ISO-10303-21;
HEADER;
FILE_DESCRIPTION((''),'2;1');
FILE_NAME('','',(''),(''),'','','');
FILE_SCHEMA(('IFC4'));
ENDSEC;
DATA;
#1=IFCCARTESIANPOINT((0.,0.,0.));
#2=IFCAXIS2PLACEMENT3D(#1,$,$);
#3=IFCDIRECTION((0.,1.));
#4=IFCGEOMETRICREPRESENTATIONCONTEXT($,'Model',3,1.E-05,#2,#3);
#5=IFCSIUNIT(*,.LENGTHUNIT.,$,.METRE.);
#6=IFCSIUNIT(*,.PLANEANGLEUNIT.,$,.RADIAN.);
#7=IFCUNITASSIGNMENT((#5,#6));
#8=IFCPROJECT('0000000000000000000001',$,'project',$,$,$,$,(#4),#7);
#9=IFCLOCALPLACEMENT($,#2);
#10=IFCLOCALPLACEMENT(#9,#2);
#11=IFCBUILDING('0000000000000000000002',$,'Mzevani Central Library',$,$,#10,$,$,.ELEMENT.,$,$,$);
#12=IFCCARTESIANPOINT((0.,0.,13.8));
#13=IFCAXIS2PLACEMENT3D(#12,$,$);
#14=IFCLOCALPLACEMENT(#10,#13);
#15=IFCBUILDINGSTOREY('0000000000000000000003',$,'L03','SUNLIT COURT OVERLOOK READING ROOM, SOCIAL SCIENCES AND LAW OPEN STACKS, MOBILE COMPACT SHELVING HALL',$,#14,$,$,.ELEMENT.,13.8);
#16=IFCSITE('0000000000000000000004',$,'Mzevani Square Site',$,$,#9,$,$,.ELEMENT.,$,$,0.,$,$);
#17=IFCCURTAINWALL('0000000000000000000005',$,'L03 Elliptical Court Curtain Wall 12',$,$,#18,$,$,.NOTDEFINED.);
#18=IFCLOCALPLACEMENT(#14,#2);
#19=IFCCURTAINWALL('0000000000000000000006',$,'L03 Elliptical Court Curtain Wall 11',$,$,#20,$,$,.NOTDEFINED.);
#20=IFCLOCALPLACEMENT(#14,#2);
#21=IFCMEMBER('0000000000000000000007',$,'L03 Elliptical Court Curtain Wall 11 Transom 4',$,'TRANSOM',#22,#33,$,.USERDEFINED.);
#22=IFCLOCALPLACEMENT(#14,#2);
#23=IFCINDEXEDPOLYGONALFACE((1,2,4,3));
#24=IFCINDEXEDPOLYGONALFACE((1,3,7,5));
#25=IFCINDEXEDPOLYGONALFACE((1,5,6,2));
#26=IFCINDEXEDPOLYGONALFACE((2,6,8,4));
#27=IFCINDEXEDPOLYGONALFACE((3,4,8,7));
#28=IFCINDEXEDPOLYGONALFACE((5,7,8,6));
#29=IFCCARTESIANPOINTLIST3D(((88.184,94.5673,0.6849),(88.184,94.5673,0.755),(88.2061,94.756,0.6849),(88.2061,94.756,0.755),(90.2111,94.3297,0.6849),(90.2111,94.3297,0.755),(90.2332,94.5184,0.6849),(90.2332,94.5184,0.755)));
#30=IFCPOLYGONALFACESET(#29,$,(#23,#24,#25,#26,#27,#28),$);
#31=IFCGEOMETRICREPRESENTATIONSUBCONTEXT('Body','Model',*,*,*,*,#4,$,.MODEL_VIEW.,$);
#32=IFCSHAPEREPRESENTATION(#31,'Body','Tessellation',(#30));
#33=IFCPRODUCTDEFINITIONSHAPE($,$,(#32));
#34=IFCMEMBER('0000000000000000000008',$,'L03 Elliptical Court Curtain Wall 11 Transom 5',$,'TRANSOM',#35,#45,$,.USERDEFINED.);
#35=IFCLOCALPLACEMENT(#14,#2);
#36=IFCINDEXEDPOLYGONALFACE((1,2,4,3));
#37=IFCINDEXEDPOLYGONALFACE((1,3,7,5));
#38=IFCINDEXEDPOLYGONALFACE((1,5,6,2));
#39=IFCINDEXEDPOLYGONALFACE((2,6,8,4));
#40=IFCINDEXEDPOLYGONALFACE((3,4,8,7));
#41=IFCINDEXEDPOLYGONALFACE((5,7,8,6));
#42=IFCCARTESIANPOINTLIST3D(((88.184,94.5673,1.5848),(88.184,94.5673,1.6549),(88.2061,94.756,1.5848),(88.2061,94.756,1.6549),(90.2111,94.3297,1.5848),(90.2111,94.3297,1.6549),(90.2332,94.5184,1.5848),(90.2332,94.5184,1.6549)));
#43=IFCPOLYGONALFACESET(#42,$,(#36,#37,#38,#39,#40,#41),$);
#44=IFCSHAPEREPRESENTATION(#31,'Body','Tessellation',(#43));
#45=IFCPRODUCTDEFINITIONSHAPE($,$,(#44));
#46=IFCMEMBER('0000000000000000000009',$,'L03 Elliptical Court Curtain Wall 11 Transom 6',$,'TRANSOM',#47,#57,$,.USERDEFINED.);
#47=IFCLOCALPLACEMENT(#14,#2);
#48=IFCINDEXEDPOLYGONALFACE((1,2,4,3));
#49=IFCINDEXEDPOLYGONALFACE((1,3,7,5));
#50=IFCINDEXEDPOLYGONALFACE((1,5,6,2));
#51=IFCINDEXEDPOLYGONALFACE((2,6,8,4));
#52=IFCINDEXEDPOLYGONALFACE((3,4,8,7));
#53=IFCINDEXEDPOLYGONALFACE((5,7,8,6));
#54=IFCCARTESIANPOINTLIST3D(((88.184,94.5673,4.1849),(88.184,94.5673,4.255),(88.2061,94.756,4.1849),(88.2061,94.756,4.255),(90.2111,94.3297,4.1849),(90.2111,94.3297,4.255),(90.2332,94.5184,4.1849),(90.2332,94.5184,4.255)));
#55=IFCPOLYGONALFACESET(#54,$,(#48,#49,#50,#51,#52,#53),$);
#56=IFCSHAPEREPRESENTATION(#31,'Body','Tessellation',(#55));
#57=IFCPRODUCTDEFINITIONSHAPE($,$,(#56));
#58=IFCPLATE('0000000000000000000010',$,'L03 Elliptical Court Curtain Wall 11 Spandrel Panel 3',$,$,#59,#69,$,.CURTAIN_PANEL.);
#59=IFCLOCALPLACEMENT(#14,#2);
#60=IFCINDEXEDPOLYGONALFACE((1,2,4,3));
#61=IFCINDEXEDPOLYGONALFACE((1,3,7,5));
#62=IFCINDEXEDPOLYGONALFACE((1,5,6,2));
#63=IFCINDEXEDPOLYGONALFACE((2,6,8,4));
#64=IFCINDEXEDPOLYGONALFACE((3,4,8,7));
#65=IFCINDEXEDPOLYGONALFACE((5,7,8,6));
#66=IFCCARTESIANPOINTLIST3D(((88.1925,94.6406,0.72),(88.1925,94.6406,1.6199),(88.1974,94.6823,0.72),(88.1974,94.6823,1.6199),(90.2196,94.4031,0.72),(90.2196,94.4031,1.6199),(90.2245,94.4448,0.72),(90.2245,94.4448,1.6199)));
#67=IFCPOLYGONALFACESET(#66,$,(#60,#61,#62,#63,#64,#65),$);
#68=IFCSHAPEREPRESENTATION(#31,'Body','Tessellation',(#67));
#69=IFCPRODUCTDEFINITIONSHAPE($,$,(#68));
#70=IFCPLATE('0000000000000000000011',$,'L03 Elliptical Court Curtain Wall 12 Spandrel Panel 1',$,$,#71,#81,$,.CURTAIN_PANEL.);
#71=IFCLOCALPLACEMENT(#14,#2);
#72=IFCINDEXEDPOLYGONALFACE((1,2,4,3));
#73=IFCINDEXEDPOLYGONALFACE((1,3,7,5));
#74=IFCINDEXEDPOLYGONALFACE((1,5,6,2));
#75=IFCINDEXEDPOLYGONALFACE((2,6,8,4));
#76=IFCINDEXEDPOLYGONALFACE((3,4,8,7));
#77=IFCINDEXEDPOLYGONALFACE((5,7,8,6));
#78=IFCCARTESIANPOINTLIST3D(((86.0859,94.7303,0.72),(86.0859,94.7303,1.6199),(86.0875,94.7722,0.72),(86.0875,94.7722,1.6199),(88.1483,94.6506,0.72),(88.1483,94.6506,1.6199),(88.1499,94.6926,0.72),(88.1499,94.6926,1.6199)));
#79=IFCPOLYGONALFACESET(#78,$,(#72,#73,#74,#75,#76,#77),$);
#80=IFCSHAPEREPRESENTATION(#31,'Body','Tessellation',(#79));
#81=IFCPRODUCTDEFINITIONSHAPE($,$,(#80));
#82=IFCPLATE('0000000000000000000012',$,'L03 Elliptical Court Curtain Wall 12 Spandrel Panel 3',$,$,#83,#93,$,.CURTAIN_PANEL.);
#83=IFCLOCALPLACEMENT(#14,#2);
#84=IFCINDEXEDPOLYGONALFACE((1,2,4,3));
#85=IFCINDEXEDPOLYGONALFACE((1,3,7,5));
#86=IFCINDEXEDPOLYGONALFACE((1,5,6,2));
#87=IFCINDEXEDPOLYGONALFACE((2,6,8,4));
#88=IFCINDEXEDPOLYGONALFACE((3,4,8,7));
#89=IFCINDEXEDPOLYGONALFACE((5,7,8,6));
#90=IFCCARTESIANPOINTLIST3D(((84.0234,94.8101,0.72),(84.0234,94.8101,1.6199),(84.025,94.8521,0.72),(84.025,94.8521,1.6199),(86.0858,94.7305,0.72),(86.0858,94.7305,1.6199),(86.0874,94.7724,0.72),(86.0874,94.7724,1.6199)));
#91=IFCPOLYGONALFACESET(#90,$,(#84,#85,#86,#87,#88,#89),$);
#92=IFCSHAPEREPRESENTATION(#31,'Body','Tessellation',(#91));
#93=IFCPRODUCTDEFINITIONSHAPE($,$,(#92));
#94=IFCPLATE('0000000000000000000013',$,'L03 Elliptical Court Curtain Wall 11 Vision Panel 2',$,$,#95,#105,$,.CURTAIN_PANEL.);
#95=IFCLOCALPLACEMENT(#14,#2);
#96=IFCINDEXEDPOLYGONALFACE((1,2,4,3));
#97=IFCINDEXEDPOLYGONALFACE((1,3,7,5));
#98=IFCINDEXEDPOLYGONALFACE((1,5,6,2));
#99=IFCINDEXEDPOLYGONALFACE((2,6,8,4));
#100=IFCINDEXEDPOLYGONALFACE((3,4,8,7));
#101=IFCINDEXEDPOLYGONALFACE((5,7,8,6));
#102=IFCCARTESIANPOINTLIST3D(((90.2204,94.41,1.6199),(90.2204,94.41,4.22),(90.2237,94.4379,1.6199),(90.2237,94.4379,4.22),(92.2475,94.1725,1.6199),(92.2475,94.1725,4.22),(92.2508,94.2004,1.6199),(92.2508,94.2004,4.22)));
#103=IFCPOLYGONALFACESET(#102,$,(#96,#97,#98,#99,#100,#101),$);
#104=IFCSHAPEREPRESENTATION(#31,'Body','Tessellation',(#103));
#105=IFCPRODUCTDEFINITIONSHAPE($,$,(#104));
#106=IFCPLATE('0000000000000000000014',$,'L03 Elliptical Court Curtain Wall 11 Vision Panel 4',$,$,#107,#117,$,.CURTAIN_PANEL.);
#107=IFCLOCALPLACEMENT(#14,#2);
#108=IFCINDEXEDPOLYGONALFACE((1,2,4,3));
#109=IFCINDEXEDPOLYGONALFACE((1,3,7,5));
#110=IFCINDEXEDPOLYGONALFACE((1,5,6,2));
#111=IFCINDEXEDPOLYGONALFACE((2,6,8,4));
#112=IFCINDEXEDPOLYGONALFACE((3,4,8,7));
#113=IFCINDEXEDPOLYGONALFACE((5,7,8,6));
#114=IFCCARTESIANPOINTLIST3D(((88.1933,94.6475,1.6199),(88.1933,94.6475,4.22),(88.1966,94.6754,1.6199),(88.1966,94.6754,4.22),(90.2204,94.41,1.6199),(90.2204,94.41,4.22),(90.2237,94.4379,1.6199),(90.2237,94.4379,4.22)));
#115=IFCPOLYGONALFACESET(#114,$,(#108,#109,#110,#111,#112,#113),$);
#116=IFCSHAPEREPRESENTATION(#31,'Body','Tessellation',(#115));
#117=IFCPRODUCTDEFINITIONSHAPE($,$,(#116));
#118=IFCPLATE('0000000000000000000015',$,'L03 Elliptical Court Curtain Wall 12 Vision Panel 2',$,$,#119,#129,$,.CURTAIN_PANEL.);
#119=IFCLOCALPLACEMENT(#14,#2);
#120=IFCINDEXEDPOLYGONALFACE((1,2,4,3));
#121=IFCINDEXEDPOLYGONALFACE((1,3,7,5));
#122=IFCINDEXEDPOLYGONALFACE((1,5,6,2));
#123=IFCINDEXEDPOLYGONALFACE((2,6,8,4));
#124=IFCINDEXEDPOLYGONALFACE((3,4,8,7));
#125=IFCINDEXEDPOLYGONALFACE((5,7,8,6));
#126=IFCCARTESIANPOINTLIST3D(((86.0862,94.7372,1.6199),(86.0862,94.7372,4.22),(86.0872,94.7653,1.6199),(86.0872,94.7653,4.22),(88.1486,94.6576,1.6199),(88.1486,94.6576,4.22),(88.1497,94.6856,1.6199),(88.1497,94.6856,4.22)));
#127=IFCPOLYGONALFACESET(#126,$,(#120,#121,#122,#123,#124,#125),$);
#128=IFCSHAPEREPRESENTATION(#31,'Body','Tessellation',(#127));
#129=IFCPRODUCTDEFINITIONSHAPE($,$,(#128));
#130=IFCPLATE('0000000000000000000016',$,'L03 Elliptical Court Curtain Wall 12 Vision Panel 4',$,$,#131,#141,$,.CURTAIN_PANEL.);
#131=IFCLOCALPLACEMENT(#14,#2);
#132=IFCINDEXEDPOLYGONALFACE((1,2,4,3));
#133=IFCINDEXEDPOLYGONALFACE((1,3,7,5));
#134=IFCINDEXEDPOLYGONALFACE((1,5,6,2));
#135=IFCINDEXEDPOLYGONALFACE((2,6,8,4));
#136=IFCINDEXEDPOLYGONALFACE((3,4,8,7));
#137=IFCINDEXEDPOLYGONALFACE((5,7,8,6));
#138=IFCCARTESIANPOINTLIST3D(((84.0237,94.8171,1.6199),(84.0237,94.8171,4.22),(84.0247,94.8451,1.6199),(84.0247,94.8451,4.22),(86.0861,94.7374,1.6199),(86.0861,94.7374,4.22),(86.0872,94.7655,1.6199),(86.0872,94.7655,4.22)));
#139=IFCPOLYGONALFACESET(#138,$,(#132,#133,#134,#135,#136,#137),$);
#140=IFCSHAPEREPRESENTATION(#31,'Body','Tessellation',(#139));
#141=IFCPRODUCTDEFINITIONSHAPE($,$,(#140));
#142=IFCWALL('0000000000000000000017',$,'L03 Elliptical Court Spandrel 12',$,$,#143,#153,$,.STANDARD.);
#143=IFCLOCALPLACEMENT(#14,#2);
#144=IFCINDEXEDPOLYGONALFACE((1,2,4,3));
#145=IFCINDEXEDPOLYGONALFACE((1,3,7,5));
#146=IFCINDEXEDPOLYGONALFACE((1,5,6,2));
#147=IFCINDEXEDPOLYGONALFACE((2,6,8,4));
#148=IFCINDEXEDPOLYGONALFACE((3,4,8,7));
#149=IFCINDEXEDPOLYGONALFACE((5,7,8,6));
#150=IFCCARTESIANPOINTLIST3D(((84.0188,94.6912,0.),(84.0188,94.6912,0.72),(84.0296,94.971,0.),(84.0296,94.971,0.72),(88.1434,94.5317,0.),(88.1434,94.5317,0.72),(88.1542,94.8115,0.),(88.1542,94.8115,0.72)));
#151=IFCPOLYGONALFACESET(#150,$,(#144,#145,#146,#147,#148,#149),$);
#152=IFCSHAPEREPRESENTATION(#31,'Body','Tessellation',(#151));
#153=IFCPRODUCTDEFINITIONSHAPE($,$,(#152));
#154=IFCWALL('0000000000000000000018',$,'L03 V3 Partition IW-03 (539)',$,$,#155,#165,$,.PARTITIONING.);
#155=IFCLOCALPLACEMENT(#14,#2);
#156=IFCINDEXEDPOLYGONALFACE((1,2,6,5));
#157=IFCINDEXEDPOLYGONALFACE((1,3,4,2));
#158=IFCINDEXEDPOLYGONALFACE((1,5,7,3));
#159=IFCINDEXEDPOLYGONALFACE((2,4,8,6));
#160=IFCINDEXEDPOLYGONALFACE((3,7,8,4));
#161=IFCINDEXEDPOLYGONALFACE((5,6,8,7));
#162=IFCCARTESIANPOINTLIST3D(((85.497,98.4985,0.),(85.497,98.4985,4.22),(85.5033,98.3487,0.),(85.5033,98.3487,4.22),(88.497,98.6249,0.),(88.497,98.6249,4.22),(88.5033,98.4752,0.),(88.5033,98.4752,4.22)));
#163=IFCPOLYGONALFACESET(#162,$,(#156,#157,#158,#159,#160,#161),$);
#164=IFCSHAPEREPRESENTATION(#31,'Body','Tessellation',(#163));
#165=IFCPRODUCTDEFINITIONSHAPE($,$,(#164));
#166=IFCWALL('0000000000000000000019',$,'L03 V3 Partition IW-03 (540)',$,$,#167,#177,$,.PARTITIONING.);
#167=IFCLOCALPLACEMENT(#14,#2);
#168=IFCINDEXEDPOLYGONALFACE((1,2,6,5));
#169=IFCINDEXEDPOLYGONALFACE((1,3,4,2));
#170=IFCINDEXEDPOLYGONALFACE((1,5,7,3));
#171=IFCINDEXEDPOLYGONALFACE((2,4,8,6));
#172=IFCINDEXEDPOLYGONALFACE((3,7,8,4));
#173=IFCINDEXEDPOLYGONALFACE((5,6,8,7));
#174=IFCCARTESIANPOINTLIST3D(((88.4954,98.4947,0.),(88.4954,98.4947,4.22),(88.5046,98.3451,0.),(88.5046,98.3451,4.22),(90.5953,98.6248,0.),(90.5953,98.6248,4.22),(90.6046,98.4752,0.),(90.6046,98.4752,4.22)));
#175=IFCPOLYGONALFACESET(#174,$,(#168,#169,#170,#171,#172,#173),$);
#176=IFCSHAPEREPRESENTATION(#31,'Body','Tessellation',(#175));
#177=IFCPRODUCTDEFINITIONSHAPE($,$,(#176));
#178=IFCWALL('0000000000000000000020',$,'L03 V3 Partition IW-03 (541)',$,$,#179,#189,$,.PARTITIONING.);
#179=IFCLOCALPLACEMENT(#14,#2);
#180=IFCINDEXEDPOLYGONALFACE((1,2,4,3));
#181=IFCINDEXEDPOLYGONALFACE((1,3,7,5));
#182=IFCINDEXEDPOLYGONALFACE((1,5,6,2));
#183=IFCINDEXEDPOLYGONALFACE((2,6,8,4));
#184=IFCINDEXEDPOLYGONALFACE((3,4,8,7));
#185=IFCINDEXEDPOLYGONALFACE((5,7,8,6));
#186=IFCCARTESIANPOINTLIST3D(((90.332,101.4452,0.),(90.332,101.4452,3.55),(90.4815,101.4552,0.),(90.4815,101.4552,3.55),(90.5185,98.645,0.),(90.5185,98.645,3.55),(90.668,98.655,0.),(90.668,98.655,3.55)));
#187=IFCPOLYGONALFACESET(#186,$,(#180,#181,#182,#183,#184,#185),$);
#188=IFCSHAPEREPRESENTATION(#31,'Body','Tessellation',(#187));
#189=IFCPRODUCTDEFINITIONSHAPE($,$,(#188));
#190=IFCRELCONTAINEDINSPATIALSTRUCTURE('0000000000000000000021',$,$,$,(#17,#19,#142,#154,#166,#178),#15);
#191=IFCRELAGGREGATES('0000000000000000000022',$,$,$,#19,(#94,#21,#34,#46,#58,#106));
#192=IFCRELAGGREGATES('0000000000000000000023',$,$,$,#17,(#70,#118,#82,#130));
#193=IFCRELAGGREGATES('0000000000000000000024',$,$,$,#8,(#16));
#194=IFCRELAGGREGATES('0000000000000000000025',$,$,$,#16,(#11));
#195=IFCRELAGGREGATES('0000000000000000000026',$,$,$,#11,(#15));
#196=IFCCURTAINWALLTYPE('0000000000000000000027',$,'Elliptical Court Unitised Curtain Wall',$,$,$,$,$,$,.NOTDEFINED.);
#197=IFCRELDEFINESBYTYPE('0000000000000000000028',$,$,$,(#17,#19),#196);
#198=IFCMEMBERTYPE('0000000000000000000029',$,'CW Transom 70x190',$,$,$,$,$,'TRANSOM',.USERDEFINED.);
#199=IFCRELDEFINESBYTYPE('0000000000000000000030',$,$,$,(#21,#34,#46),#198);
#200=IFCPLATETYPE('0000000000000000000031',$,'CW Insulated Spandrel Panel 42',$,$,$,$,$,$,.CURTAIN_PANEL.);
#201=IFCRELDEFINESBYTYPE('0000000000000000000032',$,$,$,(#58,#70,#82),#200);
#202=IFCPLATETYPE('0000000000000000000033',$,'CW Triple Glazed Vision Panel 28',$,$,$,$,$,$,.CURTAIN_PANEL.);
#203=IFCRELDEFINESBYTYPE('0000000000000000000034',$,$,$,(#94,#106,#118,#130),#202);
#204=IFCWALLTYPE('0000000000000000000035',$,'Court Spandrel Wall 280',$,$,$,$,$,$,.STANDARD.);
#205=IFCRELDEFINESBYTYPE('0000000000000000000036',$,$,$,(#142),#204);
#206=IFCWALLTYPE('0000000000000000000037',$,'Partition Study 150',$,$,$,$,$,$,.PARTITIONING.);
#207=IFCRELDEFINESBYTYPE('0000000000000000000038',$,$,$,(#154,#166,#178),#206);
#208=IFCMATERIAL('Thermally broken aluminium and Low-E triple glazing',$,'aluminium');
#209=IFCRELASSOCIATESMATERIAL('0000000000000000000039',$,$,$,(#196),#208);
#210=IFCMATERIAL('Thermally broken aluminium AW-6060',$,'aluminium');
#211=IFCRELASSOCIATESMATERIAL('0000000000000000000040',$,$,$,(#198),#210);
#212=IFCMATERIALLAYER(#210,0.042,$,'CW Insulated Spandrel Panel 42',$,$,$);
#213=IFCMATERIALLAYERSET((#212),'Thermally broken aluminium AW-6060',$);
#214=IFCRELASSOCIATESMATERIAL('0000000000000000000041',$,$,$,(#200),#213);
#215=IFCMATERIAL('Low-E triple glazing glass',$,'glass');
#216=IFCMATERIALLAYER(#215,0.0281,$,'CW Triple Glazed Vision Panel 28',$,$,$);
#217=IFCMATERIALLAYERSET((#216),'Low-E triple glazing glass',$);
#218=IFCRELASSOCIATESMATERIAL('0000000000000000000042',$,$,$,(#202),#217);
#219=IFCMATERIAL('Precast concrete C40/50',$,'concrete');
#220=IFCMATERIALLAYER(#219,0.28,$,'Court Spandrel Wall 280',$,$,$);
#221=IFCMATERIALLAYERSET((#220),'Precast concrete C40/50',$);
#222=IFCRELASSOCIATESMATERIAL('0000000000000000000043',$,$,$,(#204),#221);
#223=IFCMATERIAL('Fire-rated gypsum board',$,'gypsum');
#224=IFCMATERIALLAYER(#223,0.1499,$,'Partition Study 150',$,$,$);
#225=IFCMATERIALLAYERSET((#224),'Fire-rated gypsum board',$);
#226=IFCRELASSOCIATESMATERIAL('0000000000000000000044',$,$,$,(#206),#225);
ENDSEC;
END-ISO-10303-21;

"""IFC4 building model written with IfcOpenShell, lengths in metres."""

from ifc_helpers import new_model, si_unit, direction, frame, frame_2d, origin, origin_2d, place, context, subcontext, project, spatial, rectangle, extrude, material, layer, layer_set, material_profile, profile_set, type_object, element, aggregate, save


model = new_model("IFC4")

# Units and contexts
model_context = context("Model", 3, precision=1e-05, world=origin(), true_north=direction((0.0, 1.0)))
body_context = subcontext(model_context, "Body", "Model", "MODEL_VIEW")
ifc_project = project(units=[si_unit("LENGTHUNIT", "METRE"), si_unit("PLANEANGLEUNIT", "RADIAN")], contexts=[model_context])

# Site, building, storey
site_placement = place(None, origin())
site = spatial("IfcSite", under=ifc_project, at=site_placement, Name="Mzevani Square Site", CompositionType="ELEMENT", RefElevation=0.0)
building_placement = place(site_placement, origin())
building = spatial("IfcBuilding", under=site, at=building_placement, Name="Mzevani Central Library", CompositionType="ELEMENT")
storey_placement = place(building_placement, frame((0.0, 0.0, 13.8)))
storey = spatial("IfcBuildingStorey", under=building, at=storey_placement, Name="L03", Description="SUNLIT COURT OVERLOOK READING ROOM, SOCIAL SCIENCES AND LAW OPEN STACKS, MOBILE COMPACT SHELVING HALL", CompositionType="ELEMENT", Elevation=13.8)

# Curtain walls
ifc_material_1 = material(Name="Thermally broken aluminium and Low-E triple glazing", Category="aluminium")
curtain_wall_type_1 = type_object("IfcCurtainWallType", Name="Elliptical Court Unitised Curtain Wall", PredefinedType="NOTDEFINED", material=ifc_material_1)
curtain_wall_1_placement = place(storey_placement, origin())
curtain_wall_1 = element("IfcCurtainWall", 1, at=curtain_wall_1_placement, inside=storey, type_object=curtain_wall_type_1, Name="L03 Elliptical Court Curtain Wall 12", PredefinedType="NOTDEFINED")
ifc_material_2 = material(Name="Thermally broken aluminium AW-6060", Category="aluminium")
curtain_wall_2_placement = place(storey_placement, origin())
curtain_wall_2 = element("IfcCurtainWall", 2, at=curtain_wall_2_placement, inside=storey, type_object=curtain_wall_type_1, Name="L03 Elliptical Court Curtain Wall 11", PredefinedType="NOTDEFINED")

# Members
ifc_material_profile_1 = material_profile(ifc_material_2, rectangle(XDim=0.1899, YDim=0.0701, at=origin_2d()), Name="ALU T70x190")
ifc_profile_set_1 = profile_set([ifc_material_profile_1], Name="Thermally broken aluminium AW-6060")
member_type_1 = type_object("IfcMemberType", Name="CW Transom 70x190", ElementType="TRANSOM", PredefinedType="USERDEFINED", material=ifc_profile_set_1)
member_1_placement = place(storey_placement, frame((90.2222, 94.4241, 0.72), z_axis=(-0.993204, 0.11639, 0.0), x_axis=(-0.11639, -0.993204, 0.0)))
member_1 = element("IfcMember", 3, at=member_1_placement, type_object=member_type_1, Name="L03 Elliptical Court Curtain Wall 11 Transom 4", ObjectType="TRANSOM", PredefinedType="USERDEFINED", context=body_context, shape_type="SweptSolid", body=[
    extrude(rectangle(XDim=0.1899, YDim=0.0701, at=origin_2d()), origin(), (0.0, 0.0, 1.0), 2.041),
])
member_2_placement = place(storey_placement, frame((90.2222, 94.4241, 1.6199), z_axis=(-0.993204, 0.11639, 0.0), x_axis=(-0.11639, -0.993204, 0.0)))
member_2 = element("IfcMember", 4, at=member_2_placement, type_object=member_type_1, Name="L03 Elliptical Court Curtain Wall 11 Transom 5", ObjectType="TRANSOM", PredefinedType="USERDEFINED", context=body_context, shape_type="SweptSolid", body=[
    extrude(rectangle(XDim=0.1899, YDim=0.0701, at=origin_2d()), origin(), (0.0, 0.0, 1.0), 2.041),
])
member_3_placement = place(storey_placement, frame((90.2222, 94.4241, 4.22), z_axis=(-0.993204, 0.11639, 0.0), x_axis=(-0.11639, -0.993204, 0.0)))
member_3 = element("IfcMember", 5, at=member_3_placement, type_object=member_type_1, Name="L03 Elliptical Court Curtain Wall 11 Transom 6", ObjectType="TRANSOM", PredefinedType="USERDEFINED", context=body_context, shape_type="SweptSolid", body=[
    extrude(rectangle(XDim=0.1899, YDim=0.0701, at=origin_2d()), origin(), (0.0, 0.0, 1.0), 2.041),
])

# Plates
ifc_layer_1 = layer(ifc_material_2, 0.042, Name="CW Insulated Spandrel Panel 42")
ifc_layer_set_1 = layer_set([ifc_layer_1], Name="Thermally broken aluminium AW-6060")
plate_type_1 = type_object("IfcPlateType", Name="CW Insulated Spandrel Panel 42", PredefinedType="CURTAIN_PANEL", material=ifc_layer_set_1)
plate_1_placement = place(storey_placement, frame((89.2085, 94.5427, 0.72), z_axis=(0.0, 0.0, 1.0), x_axis=(-0.993206, 0.116369, 0.0)))
plate_1 = element("IfcPlate", 6, at=plate_1_placement, type_object=plate_type_1, Name="L03 Elliptical Court Curtain Wall 11 Spandrel Panel 3", PredefinedType="CURTAIN_PANEL", context=body_context, shape_type="SweptSolid", body=[
    extrude(rectangle(XDim=2.041, YDim=0.042, at=origin_2d()), origin(), (0.0, 0.0, 1.0), 0.8999),
])
plate_2_placement = place(storey_placement, frame((87.1179, 94.7114, 0.72), z_axis=(0.0, 0.0, 1.0), x_axis=(-0.999255, 0.038592, 0.0)))
plate_2 = element("IfcPlate", 7, at=plate_2_placement, type_object=plate_type_1, Name="L03 Elliptical Court Curtain Wall 12 Spandrel Panel 1", PredefinedType="CURTAIN_PANEL", context=body_context, shape_type="SweptSolid", body=[
    extrude(rectangle(XDim=2.064, YDim=0.042, at=origin_2d()), origin(), (0.0, 0.0, 1.0), 0.8999),
])
plate_3_placement = place(storey_placement, frame((85.0554, 94.7913, 0.72), z_axis=(0.0, 0.0, 1.0), x_axis=(-0.999255, 0.038592, 0.0)))
plate_3 = element("IfcPlate", 8, at=plate_3_placement, type_object=plate_type_1, Name="L03 Elliptical Court Curtain Wall 12 Spandrel Panel 3", PredefinedType="CURTAIN_PANEL", context=body_context, shape_type="SweptSolid", body=[
    extrude(rectangle(XDim=2.064, YDim=0.042, at=origin_2d()), origin(), (0.0, 0.0, 1.0), 0.8999),
])
ifc_material_3 = material(Name="Low-E triple glazing glass", Category="glass")
ifc_layer_2 = layer(ifc_material_3, 0.0281, Name="CW Triple Glazed Vision Panel 28")
ifc_layer_set_2 = layer_set([ifc_layer_2], Name="Low-E triple glazing glass")
plate_type_2 = type_object("IfcPlateType", Name="CW Triple Glazed Vision Panel 28", PredefinedType="CURTAIN_PANEL", material=ifc_layer_set_2)
plate_4_placement = place(storey_placement, frame((91.2356, 94.3052, 1.6199), z_axis=(0.0, 0.0, 1.0), x_axis=(-0.993206, 0.116369, 0.0)))
plate_4 = element("IfcPlate", 9, at=plate_4_placement, type_object=plate_type_2, Name="L03 Elliptical Court Curtain Wall 11 Vision Panel 2", PredefinedType="CURTAIN_PANEL", context=body_context, shape_type="SweptSolid", body=[
    extrude(rectangle(XDim=2.041, YDim=0.0281, at=origin_2d()), origin(), (0.0, 0.0, 1.0), 2.6001),
])
plate_5_placement = place(storey_placement, frame((89.2085, 94.5427, 1.6199), z_axis=(0.0, 0.0, 1.0), x_axis=(-0.993206, 0.116369, 0.0)))
plate_5 = element("IfcPlate", 10, at=plate_5_placement, type_object=plate_type_2, Name="L03 Elliptical Court Curtain Wall 11 Vision Panel 4", PredefinedType="CURTAIN_PANEL", context=body_context, shape_type="SweptSolid", body=[
    extrude(rectangle(XDim=2.041, YDim=0.0281, at=origin_2d()), origin(), (0.0, 0.0, 1.0), 2.6001),
])
aggregate(curtain_wall_2, [plate_4, member_1, member_2, member_3, plate_1, plate_5])
plate_6_placement = place(storey_placement, frame((87.1179, 94.7114, 1.6199), z_axis=(0.0, 0.0, 1.0), x_axis=(-0.999255, 0.038592, 0.0)))
plate_6 = element("IfcPlate", 11, at=plate_6_placement, type_object=plate_type_2, Name="L03 Elliptical Court Curtain Wall 12 Vision Panel 2", PredefinedType="CURTAIN_PANEL", context=body_context, shape_type="SweptSolid", body=[
    extrude(rectangle(XDim=2.064, YDim=0.0281, at=origin_2d()), origin(), (0.0, 0.0, 1.0), 2.6001),
])
plate_7_placement = place(storey_placement, frame((85.0554, 94.7913, 1.6199), z_axis=(0.0, 0.0, 1.0), x_axis=(-0.999255, 0.038592, 0.0)))
plate_7 = element("IfcPlate", 12, at=plate_7_placement, type_object=plate_type_2, Name="L03 Elliptical Court Curtain Wall 12 Vision Panel 4", PredefinedType="CURTAIN_PANEL", context=body_context, shape_type="SweptSolid", body=[
    extrude(rectangle(XDim=2.064, YDim=0.0281, at=origin_2d()), origin(), (0.0, 0.0, 1.0), 2.6001),
])
aggregate(curtain_wall_1, [plate_2, plate_6, plate_3, plate_7])

# Wall
ifc_material_4 = material(Name="Precast concrete C40/50", Category="concrete")
ifc_layer_3 = layer(ifc_material_4, 0.28, Name="Court Spandrel Wall 280")
ifc_layer_set_3 = layer_set([ifc_layer_3], Name="Precast concrete C40/50")
wall_type_1 = type_object("IfcWallType", Name="Court Spandrel Wall 280", PredefinedType="STANDARD", material=ifc_layer_set_3)
wall_1_placement = place(storey_placement, frame((88.1489, 94.6716, 0.0), z_axis=(0.0, 0.0, 1.0), x_axis=(-0.999254, 0.038624, 0.0)))
element("IfcWall", 13, at=wall_1_placement, inside=storey, type_object=wall_type_1, Name="L03 Elliptical Court Spandrel 12", PredefinedType="STANDARD", context=body_context, shape_type="SweptSolid", body=[
    extrude(rectangle(XDim=4.1277, YDim=0.28, at=frame_2d((2.064, 0.0))), origin(), (0.0, 0.0, 1.0), 0.72),
])

# Shared definitions
ifc_material_5 = material(Name="Fire-rated gypsum board", Category="gypsum")
ifc_layer_4 = layer(ifc_material_5, 0.1499, Name="Partition Study 150")
ifc_layer_set_4 = layer_set([ifc_layer_4], Name="Fire-rated gypsum board")
wall_type_2 = type_object("IfcWallType", Name="Partition Study 150", PredefinedType="PARTITIONING", material=ifc_layer_set_4)

# Walls
wall_2_placement = place(storey_placement, frame((85.5, 98.4236, 0.0), z_axis=(0.0, 0.0, 1.0), x_axis=(0.999113, 0.042118, 0.0)))
element("IfcWall", 14, at=wall_2_placement, inside=storey, type_object=wall_type_2, Name="L03 V3 Partition IW-03 (539)", PredefinedType="PARTITIONING", context=body_context, shape_type="SweptSolid", body=[
    extrude(rectangle(XDim=3.0027, YDim=0.1499, at=frame_2d((1.5015, 0.0))), origin(), (0.0, 0.0, 1.0), 4.22),
])
wall_3_placement = place(storey_placement, frame((88.5, 98.4199, 0.0), z_axis=(0.0, 0.0, 1.0), x_axis=(0.998086, 0.061844, 0.0)))
element("IfcWall", 15, at=wall_3_placement, inside=storey, type_object=wall_type_2, Name="L03 V3 Partition IW-03 (540)", PredefinedType="PARTITIONING", context=body_context, shape_type="SweptSolid", body=[
    extrude(rectangle(XDim=2.104, YDim=0.1499, at=frame_2d((1.052, 0.0))), origin(), (0.0, 0.0, 1.0), 4.22),
])
wall_4_placement = place(storey_placement, frame((90.5933, 98.6499, 0.0), z_axis=(0.0, 0.0, 1.0), x_axis=(-0.066461, 0.997789, 0.0)))
element("IfcWall", 16, at=wall_4_placement, inside=storey, type_object=wall_type_2, Name="L03 V3 Partition IW-03 (541)", PredefinedType="PARTITIONING", context=body_context, shape_type="SweptSolid", body=[
    extrude(rectangle(XDim=2.8064, YDim=0.1499, at=frame_2d((1.4033, 0.0))), origin(), (0.0, 0.0, 1.0), 3.55),
])

save(model, "model.ifc")
